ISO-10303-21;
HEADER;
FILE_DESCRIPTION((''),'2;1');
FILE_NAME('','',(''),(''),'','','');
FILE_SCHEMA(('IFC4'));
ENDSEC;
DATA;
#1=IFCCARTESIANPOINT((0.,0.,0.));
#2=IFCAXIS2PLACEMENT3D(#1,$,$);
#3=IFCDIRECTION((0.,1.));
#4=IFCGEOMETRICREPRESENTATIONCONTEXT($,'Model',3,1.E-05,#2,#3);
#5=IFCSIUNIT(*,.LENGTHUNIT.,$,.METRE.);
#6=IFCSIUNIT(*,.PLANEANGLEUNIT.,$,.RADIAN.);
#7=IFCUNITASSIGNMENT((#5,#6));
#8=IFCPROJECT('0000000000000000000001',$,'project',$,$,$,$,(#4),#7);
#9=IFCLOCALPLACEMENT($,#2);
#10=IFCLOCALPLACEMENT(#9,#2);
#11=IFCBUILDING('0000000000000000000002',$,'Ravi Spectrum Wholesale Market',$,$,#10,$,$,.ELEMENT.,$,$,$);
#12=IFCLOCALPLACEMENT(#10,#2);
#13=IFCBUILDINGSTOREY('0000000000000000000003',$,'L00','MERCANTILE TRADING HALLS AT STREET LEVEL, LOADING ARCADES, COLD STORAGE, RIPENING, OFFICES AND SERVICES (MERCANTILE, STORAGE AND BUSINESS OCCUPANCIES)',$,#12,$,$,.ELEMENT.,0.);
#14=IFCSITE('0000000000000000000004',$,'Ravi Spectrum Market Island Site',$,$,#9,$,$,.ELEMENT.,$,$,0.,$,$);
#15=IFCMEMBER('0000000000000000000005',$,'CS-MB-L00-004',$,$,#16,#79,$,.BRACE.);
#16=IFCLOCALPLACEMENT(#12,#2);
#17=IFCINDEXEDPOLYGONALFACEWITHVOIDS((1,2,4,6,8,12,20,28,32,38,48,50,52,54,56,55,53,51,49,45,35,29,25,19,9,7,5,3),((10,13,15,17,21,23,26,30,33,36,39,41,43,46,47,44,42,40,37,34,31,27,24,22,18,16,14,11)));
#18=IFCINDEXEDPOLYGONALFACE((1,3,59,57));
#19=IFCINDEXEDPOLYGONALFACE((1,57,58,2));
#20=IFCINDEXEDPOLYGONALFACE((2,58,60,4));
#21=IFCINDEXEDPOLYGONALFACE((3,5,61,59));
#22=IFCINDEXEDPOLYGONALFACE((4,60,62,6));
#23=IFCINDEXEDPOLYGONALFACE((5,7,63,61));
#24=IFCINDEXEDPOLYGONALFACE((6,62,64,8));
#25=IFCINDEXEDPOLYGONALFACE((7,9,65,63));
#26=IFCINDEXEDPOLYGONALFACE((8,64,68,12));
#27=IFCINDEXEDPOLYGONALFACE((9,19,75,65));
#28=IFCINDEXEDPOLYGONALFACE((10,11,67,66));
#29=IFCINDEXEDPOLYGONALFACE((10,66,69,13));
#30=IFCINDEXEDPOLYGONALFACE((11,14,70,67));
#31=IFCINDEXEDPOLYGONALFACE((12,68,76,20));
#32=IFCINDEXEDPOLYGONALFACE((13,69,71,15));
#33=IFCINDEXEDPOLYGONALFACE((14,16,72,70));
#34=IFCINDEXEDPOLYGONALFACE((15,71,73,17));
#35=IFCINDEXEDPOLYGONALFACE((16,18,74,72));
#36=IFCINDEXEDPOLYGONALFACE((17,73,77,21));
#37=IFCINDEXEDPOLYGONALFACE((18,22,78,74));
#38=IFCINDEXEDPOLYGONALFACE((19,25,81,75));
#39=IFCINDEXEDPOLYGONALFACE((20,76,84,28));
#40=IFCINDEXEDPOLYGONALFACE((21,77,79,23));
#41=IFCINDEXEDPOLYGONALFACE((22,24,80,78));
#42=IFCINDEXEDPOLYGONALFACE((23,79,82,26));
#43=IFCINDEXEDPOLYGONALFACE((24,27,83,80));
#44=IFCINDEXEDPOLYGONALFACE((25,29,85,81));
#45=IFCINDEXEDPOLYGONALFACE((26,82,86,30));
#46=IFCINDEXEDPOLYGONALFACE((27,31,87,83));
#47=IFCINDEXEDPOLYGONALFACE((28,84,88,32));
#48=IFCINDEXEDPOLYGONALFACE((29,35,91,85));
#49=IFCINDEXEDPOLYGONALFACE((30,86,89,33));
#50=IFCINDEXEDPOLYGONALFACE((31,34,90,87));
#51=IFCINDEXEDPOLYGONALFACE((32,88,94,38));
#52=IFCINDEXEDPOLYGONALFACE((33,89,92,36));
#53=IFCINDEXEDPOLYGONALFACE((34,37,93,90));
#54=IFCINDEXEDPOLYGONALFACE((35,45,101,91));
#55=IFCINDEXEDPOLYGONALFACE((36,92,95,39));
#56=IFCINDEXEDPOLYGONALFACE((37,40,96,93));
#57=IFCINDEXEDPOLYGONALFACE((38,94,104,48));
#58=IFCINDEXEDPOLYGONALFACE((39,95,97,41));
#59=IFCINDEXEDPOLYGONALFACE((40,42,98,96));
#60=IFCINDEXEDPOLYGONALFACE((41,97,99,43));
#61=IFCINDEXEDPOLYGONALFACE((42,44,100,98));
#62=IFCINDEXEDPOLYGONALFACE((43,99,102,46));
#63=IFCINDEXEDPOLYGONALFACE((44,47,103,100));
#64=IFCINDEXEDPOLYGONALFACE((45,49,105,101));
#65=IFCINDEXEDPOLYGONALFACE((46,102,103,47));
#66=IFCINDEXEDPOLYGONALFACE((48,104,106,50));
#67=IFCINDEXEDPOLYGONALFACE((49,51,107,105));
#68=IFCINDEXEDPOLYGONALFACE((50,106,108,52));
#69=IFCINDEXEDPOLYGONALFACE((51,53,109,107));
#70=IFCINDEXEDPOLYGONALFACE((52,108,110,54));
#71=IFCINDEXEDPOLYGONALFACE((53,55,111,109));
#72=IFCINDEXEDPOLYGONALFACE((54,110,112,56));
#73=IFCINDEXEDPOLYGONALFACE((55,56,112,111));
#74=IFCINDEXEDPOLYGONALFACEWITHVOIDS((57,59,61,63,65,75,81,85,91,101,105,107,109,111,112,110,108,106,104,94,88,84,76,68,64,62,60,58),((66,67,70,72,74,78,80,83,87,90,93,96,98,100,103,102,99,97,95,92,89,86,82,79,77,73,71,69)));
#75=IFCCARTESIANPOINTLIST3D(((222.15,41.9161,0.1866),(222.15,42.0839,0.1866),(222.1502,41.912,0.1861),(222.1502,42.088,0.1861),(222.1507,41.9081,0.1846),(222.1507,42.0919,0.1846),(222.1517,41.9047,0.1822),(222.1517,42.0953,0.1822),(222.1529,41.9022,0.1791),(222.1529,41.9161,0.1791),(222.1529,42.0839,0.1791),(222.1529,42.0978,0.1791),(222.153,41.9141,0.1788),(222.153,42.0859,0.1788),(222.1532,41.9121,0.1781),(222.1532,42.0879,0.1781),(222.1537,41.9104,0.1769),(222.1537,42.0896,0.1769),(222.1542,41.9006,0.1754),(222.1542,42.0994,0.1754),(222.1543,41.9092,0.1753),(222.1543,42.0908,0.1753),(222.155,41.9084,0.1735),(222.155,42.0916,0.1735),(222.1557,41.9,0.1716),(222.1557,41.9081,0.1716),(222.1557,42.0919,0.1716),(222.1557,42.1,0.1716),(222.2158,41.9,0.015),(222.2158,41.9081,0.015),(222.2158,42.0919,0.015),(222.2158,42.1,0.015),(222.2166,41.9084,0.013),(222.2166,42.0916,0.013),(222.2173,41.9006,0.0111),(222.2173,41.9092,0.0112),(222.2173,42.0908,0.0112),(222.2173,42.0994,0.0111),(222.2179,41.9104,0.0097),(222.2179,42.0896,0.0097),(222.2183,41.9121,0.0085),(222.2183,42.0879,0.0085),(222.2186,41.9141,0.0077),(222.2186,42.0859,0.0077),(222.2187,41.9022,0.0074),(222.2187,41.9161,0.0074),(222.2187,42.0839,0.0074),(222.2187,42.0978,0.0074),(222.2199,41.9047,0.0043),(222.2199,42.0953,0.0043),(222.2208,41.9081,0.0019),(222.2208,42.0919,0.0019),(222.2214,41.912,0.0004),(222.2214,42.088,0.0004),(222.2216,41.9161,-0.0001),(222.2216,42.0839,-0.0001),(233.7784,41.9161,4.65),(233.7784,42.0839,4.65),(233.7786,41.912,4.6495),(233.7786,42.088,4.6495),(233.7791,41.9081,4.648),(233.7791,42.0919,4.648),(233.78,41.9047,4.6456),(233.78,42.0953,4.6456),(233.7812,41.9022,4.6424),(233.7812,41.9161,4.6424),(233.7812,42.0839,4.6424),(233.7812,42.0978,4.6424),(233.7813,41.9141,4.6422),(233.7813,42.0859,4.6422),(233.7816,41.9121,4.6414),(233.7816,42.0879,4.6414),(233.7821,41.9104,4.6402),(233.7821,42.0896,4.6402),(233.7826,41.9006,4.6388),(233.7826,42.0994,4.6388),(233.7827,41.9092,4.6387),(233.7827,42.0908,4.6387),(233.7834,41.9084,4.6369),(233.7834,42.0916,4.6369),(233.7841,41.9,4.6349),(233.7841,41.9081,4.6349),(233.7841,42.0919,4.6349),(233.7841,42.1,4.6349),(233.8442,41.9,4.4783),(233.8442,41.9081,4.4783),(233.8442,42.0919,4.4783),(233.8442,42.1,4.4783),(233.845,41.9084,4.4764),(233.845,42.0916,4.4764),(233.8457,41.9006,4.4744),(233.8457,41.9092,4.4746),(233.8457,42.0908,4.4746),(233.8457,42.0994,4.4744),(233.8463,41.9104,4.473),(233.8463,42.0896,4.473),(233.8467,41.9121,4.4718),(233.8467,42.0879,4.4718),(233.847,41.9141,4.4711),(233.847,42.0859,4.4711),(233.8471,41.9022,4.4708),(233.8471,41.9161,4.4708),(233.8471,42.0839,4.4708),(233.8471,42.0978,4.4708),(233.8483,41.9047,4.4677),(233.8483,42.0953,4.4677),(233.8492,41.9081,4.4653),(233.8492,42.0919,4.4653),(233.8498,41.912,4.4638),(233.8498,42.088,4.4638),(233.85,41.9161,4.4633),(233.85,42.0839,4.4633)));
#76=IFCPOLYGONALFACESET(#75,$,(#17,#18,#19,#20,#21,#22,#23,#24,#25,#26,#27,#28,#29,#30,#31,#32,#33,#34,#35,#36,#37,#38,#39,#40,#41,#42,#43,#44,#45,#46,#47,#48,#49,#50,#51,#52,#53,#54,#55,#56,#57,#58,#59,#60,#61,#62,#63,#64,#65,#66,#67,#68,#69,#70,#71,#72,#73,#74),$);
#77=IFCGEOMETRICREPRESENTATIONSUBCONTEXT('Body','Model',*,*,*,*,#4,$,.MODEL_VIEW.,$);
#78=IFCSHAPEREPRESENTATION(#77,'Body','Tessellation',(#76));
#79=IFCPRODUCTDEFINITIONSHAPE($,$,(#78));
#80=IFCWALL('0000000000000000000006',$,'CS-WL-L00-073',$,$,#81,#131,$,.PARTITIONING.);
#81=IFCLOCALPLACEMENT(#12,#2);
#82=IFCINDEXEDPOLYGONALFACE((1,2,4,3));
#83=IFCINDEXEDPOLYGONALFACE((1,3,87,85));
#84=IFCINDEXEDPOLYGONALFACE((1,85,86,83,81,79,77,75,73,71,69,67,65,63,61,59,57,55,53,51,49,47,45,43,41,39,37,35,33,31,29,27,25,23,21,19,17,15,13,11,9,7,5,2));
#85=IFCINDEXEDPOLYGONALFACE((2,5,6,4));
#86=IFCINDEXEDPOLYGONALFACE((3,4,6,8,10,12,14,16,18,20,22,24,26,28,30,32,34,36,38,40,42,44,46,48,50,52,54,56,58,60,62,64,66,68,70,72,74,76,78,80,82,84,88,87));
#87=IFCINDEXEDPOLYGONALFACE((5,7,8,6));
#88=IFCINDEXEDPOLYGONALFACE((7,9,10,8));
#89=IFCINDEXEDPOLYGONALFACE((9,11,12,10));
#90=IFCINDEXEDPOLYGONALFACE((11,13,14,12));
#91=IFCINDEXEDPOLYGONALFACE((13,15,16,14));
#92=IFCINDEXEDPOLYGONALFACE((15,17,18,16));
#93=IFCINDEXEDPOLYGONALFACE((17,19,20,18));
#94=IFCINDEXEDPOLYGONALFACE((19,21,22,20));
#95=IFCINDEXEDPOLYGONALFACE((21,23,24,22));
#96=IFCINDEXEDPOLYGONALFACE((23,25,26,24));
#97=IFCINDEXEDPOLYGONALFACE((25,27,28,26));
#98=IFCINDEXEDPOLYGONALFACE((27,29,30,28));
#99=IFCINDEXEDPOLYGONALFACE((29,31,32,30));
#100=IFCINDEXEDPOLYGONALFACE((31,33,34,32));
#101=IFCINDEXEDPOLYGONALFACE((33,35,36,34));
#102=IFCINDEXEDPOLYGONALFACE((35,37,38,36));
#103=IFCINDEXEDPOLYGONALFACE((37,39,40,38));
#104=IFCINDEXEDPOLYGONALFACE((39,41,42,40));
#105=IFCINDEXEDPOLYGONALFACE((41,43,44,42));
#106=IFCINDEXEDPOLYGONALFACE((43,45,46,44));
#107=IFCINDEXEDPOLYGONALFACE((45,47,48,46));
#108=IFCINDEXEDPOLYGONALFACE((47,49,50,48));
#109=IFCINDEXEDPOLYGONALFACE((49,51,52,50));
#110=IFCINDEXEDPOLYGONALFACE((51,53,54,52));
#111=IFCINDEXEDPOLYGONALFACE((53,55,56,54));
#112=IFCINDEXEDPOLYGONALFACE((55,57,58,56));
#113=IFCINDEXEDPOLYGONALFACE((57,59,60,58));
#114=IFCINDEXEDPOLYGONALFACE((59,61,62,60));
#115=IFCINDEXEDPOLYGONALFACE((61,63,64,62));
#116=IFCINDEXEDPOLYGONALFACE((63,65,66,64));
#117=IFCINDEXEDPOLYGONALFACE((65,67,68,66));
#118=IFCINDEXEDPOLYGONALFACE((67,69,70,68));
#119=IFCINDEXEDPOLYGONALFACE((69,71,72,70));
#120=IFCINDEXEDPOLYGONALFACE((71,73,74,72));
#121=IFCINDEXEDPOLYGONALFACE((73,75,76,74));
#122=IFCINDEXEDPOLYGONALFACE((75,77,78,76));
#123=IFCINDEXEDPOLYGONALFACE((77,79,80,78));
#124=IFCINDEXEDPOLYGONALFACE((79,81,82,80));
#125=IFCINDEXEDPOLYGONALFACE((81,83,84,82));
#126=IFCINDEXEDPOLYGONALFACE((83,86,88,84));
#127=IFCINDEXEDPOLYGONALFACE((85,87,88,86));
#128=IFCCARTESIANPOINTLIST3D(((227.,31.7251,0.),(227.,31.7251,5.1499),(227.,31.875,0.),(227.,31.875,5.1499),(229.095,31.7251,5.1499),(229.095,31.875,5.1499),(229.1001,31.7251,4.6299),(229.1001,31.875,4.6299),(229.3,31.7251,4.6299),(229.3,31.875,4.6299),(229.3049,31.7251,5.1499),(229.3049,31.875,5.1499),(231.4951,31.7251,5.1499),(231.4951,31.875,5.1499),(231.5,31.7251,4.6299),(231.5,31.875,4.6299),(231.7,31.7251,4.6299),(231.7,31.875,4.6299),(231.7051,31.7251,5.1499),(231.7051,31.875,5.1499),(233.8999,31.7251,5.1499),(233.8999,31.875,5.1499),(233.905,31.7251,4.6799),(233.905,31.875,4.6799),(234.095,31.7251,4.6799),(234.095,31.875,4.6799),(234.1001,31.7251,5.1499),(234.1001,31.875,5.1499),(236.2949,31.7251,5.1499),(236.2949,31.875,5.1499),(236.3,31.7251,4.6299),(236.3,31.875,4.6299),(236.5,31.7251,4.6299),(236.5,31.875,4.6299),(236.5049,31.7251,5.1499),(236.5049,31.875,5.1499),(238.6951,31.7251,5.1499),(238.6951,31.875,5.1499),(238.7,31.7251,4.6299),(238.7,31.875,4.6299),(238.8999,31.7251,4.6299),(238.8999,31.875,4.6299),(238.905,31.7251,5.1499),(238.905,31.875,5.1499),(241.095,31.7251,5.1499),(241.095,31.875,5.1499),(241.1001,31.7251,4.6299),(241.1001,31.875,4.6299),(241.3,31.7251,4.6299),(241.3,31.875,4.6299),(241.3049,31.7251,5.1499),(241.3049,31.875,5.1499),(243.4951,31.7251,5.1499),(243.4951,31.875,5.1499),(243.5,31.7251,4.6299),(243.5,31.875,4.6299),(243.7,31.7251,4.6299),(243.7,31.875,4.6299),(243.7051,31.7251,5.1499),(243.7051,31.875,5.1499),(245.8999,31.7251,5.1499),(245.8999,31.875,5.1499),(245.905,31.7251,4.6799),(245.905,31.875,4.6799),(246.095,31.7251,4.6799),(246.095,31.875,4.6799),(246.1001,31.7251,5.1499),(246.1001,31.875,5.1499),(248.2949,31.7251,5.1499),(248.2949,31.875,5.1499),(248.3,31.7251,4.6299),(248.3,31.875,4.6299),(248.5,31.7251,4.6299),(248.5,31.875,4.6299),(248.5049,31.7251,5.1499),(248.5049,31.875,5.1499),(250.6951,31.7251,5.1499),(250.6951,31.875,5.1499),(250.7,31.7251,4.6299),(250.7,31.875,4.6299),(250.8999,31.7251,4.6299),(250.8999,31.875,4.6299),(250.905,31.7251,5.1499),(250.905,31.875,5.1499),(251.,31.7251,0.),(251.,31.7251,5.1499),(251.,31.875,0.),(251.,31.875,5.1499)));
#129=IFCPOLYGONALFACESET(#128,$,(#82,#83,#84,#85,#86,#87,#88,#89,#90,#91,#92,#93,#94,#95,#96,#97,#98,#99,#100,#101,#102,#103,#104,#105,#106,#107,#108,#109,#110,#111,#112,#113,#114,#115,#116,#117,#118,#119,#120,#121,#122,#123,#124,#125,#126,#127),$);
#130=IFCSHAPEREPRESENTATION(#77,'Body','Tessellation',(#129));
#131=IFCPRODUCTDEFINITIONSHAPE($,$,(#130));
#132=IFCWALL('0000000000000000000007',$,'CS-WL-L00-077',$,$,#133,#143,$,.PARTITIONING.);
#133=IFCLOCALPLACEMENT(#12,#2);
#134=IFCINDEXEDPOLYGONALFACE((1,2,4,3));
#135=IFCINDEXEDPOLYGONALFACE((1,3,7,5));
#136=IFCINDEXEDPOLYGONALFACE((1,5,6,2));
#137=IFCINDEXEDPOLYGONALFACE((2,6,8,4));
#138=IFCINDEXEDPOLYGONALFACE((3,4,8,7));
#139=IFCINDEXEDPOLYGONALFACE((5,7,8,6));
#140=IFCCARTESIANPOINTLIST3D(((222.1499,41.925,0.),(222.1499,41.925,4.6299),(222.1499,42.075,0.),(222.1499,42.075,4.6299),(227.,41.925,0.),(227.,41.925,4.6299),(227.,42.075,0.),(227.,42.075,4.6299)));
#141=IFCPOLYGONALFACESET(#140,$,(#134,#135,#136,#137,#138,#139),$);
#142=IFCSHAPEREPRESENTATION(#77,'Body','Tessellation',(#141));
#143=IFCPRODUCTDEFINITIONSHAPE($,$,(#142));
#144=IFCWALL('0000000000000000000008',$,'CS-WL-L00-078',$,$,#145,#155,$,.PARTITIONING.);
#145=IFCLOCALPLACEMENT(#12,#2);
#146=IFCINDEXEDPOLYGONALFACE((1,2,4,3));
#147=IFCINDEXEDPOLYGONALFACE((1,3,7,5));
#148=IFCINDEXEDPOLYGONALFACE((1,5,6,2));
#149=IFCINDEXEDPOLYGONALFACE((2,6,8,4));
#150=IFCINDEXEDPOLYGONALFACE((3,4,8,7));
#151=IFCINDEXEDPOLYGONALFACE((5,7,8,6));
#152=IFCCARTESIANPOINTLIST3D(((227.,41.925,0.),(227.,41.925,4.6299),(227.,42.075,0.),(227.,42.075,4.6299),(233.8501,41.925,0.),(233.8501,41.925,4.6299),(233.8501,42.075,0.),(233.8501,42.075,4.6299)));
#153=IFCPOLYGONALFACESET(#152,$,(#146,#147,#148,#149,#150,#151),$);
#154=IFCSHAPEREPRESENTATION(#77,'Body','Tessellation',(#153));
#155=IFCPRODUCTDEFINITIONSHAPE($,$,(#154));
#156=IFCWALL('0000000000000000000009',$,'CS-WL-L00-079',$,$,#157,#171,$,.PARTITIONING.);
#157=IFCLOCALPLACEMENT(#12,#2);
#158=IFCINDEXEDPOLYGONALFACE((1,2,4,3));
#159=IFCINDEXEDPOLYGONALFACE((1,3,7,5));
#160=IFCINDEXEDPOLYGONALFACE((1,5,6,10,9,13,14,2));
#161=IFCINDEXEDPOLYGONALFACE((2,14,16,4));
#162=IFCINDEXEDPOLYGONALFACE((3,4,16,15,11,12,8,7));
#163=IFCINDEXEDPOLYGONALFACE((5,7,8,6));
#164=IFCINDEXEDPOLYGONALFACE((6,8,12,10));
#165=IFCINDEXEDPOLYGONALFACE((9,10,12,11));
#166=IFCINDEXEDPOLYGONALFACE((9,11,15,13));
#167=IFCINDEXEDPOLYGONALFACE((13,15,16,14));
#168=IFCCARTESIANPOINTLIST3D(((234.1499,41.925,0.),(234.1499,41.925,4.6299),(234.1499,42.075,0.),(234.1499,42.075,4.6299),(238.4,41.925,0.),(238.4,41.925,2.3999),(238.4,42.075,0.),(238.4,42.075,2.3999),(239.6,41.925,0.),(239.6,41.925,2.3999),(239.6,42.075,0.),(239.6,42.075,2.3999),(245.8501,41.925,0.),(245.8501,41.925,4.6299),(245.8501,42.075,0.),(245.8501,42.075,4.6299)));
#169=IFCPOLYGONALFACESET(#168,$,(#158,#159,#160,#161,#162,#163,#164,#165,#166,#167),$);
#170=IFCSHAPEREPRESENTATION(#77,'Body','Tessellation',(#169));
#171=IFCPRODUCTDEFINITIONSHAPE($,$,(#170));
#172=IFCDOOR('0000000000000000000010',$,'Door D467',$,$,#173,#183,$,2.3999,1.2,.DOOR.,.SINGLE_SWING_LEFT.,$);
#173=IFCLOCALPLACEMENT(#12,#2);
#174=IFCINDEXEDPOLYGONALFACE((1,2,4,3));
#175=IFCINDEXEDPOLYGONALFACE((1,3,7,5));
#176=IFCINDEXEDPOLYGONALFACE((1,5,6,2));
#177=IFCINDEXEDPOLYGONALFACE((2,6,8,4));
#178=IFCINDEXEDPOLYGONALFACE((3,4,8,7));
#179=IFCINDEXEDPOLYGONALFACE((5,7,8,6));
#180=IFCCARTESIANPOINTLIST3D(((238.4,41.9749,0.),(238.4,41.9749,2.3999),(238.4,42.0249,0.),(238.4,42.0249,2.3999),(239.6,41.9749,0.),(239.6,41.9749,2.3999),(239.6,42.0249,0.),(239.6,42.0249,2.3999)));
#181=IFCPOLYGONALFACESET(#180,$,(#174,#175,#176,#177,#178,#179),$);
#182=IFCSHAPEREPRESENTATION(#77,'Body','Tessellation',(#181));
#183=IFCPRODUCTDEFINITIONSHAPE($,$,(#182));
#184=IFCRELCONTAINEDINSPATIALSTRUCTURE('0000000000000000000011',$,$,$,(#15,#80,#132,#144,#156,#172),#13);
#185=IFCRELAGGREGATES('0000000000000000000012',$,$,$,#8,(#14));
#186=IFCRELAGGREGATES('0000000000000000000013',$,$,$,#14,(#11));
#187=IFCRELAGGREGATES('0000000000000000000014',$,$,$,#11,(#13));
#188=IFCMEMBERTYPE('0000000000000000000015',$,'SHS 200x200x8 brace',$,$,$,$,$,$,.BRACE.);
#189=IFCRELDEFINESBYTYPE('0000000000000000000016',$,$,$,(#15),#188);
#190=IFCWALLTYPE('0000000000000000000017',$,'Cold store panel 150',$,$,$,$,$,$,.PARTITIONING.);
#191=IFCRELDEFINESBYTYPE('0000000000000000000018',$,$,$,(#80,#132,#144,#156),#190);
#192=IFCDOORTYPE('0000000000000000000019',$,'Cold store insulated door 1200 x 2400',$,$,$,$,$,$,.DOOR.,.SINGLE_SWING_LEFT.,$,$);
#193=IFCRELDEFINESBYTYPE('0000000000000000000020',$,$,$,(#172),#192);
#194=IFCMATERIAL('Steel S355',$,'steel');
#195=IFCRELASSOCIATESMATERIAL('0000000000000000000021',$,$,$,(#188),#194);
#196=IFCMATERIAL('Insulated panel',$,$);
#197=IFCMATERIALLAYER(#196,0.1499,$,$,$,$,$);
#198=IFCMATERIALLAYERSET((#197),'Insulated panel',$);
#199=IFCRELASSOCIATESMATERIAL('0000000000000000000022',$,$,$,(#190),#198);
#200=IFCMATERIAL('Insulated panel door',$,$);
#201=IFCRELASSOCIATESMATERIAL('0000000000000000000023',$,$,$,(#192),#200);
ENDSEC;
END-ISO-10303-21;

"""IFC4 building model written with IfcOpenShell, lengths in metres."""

from ifc_helpers import new_model, si_unit, direction, frame, frame_2d, origin, origin_2d, place, context, subcontext, project, spatial, polyline, rectangle, hollow_rectangle, outline, extrude, material, layer, layer_set, material_profile, profile_set, type_object, element, fill, save


model = new_model("IFC4")

# Units and contexts
model_context = context("Model", 3, precision=1e-05, world=origin(), true_north=direction((0.0, 1.0)))
body_context = subcontext(model_context, "Body", "Model", "MODEL_VIEW")
ifc_project = project(units=[si_unit("LENGTHUNIT", "METRE"), si_unit("PLANEANGLEUNIT", "RADIAN")], contexts=[model_context])

# Site, building, storey
site_placement = place(None, origin())
site = spatial("IfcSite", under=ifc_project, at=site_placement, Name="Ravi Spectrum Market Island Site", CompositionType="ELEMENT", RefElevation=0.0)
building_placement = place(site_placement, origin())
building = spatial("IfcBuilding", under=site, at=building_placement, Name="Ravi Spectrum Wholesale Market", CompositionType="ELEMENT")
storey_placement = place(building_placement, origin())
storey = spatial("IfcBuildingStorey", under=building, at=storey_placement, Name="L00", Description="MERCANTILE TRADING HALLS AT STREET LEVEL, LOADING ARCADES, COLD STORAGE, RIPENING, OFFICES AND SERVICES (MERCANTILE, STORAGE AND BUSINESS OCCUPANCIES)", CompositionType="ELEMENT", Elevation=0.0)

# Member
ifc_material_1 = material(Name="Steel S355", Category="steel")
ifc_material_profile_1 = material_profile(ifc_material_1, hollow_rectangle(XDim=0.2, YDim=0.2, WallThickness=0.0081, InnerFilletRadius=0.0081, OuterFilletRadius=0.0161, at=origin_2d()))
ifc_profile_set_1 = profile_set([ifc_material_profile_1], Name="Steel S355")
member_type = type_object("IfcMemberType", Name="SHS 200x200x8 brace", PredefinedType="BRACE", material=ifc_profile_set_1)
member_placement = place(storey_placement, frame((222.1858, 42.0, 0.0933), z_axis=(0.93359, 0.0, 0.358343), x_axis=(0.0, 1.0, 0.0)))
element("IfcMember", 1, at=member_placement, inside=storey, type_object=member_type, Name="CS-MB-L00-004", PredefinedType="BRACE", context=body_context, shape_type="SweptSolid", body=[
    extrude(hollow_rectangle(XDim=0.2, YDim=0.2, WallThickness=0.0081, InnerFilletRadius=0.0081, OuterFilletRadius=0.0161, at=origin_2d()), origin(), (0.0, 0.0, 1.0), 12.4556),
])

# Walls
ifc_material_2 = material(Name="Insulated panel")
ifc_layer = layer(ifc_material_2, 0.1499)
ifc_layer_set = layer_set([ifc_layer], Name="Insulated panel")
wall_type = type_object("IfcWallType", Name="Cold store panel 150", PredefinedType="PARTITIONING", material=ifc_layer_set)
wall_1_placement = place(storey_placement, frame((227.0, 31.8, 0.0), z_axis=(0.0, 0.0, 1.0), x_axis=(1.0, 0.0, 0.0)))
element("IfcWall", 2, at=wall_1_placement, inside=storey, type_object=wall_type, Name="CS-WL-L00-073", PredefinedType="PARTITIONING", context=body_context, shape_type="SweptSolid", body=[
    extrude(outline(polyline([(0.0, 0.0), (24.0, 0.0), (24.0, 5.1499), (23.905, 5.1499), (23.8999, 4.6299), (23.7, 4.6299), (23.6951, 5.1499), (21.5049, 5.1499), (21.5, 4.6299), (21.3, 4.6299), (21.2949, 5.1499), (19.1001, 5.1499), (19.095, 4.6799), (18.905, 4.6799), (18.8999, 5.1499), (16.7051, 5.1499), (16.7, 4.6299), (16.5, 4.6299), (16.4951, 5.1499), (14.3049, 5.1499), (14.3, 4.6299), (14.1001, 4.6299), (14.095, 5.1499), (11.905, 5.1499), (11.8999, 4.6299), (11.7, 4.6299), (11.6951, 5.1499), (9.5049, 5.1499), (9.5, 4.6299), (9.3, 4.6299), (9.2949, 5.1499), (7.1001, 5.1499), (7.095, 4.6799), (6.905, 4.6799), (6.8999, 5.1499), (4.7051, 5.1499), (4.7, 4.6299), (4.5, 4.6299), (4.4951, 5.1499), (2.3049, 5.1499), (2.3, 4.6299), (2.1001, 4.6299), (2.095, 5.1499), (0.0, 5.1499), (0.0, 0.0)])), frame((0.0, 0.075, 0.0), z_axis=(0.0, -1.0, 0.0), x_axis=(1.0, 0.0, 0.0)), (0.0, 0.0, 1.0), 0.1499),
])
wall_2_placement = place(storey_placement, frame((222.1499, 42.0, 0.0), z_axis=(0.0, 0.0, 1.0), x_axis=(1.0, 0.0, 0.0)))
element("IfcWall", 3, at=wall_2_placement, inside=storey, type_object=wall_type, Name="CS-WL-L00-077", PredefinedType="PARTITIONING", context=body_context, shape_type="SweptSolid", body=[
    extrude(rectangle(XDim=4.8501, YDim=0.1499, at=frame_2d((2.425, 0.0))), origin(), (0.0, 0.0, 1.0), 4.6299),
])
wall_3_placement = place(storey_placement, frame((227.0, 42.0, 0.0), z_axis=(0.0, 0.0, 1.0), x_axis=(1.0, 0.0, 0.0)))
element("IfcWall", 4, at=wall_3_placement, inside=storey, type_object=wall_type, Name="CS-WL-L00-078", PredefinedType="PARTITIONING", context=body_context, shape_type="SweptSolid", body=[
    extrude(rectangle(XDim=6.8501, YDim=0.1499, at=frame_2d((3.425, 0.0))), origin(), (0.0, 0.0, 1.0), 4.6299),
])

# Wall, opening, door
wall_4_placement = place(storey_placement, frame((234.1499, 42.0, 0.0), z_axis=(0.0, 0.0, 1.0), x_axis=(1.0, 0.0, 0.0)))
wall_4 = element("IfcWall", 5, at=wall_4_placement, inside=storey, type_object=wall_type, Name="CS-WL-L00-079", PredefinedType="PARTITIONING", context=body_context, shape_type="SweptSolid", body=[
    extrude(rectangle(XDim=11.7002, YDim=0.1499, at=frame_2d((5.8501, 0.0))), origin(), (0.0, 0.0, 1.0), 4.6299),
])
opening_placement = place(wall_4_placement, frame((4.25, 0.0, 0.0)))
opening = element("IfcOpeningElement", 6, at=opening_placement, cuts=wall_4, PredefinedType="OPENING", context=body_context, shape_type="SweptSolid", body=[
    extrude(rectangle(XDim=1.2, YDim=2.3999, at=frame_2d((0.6001, 1.2))), frame((0.0, 0.085, 0.0), z_axis=(0.0, -1.0, 0.0), x_axis=(1.0, 0.0, 0.0)), (0.0, 0.0, 1.0), 0.1699),
])
ifc_material_3 = material(Name="Insulated panel door")
door_type = type_object("IfcDoorType", Name="Cold store insulated door 1200 x 2400", OperationType="SINGLE_SWING_LEFT", PredefinedType="DOOR", material=ifc_material_3)
door_placement = place(opening_placement, origin())
door = element("IfcDoor", 7, at=door_placement, inside=storey, type_object=door_type, Name="Door D467", OperationType="SINGLE_SWING_LEFT", OverallHeight=2.3999, OverallWidth=1.2, PredefinedType="DOOR", context=body_context, shape_type="SweptSolid", body=[
    extrude(rectangle(XDim=1.2, YDim=2.3999, at=frame_2d((0.6001, 1.2))), frame((0.0, 0.0249, 0.0), z_axis=(0.0, -1.0, 0.0), x_axis=(1.0, 0.0, 0.0)), (0.0, 0.0, 1.0), 0.05),
])
fill(opening, door)

save(model, "model.ifc")
